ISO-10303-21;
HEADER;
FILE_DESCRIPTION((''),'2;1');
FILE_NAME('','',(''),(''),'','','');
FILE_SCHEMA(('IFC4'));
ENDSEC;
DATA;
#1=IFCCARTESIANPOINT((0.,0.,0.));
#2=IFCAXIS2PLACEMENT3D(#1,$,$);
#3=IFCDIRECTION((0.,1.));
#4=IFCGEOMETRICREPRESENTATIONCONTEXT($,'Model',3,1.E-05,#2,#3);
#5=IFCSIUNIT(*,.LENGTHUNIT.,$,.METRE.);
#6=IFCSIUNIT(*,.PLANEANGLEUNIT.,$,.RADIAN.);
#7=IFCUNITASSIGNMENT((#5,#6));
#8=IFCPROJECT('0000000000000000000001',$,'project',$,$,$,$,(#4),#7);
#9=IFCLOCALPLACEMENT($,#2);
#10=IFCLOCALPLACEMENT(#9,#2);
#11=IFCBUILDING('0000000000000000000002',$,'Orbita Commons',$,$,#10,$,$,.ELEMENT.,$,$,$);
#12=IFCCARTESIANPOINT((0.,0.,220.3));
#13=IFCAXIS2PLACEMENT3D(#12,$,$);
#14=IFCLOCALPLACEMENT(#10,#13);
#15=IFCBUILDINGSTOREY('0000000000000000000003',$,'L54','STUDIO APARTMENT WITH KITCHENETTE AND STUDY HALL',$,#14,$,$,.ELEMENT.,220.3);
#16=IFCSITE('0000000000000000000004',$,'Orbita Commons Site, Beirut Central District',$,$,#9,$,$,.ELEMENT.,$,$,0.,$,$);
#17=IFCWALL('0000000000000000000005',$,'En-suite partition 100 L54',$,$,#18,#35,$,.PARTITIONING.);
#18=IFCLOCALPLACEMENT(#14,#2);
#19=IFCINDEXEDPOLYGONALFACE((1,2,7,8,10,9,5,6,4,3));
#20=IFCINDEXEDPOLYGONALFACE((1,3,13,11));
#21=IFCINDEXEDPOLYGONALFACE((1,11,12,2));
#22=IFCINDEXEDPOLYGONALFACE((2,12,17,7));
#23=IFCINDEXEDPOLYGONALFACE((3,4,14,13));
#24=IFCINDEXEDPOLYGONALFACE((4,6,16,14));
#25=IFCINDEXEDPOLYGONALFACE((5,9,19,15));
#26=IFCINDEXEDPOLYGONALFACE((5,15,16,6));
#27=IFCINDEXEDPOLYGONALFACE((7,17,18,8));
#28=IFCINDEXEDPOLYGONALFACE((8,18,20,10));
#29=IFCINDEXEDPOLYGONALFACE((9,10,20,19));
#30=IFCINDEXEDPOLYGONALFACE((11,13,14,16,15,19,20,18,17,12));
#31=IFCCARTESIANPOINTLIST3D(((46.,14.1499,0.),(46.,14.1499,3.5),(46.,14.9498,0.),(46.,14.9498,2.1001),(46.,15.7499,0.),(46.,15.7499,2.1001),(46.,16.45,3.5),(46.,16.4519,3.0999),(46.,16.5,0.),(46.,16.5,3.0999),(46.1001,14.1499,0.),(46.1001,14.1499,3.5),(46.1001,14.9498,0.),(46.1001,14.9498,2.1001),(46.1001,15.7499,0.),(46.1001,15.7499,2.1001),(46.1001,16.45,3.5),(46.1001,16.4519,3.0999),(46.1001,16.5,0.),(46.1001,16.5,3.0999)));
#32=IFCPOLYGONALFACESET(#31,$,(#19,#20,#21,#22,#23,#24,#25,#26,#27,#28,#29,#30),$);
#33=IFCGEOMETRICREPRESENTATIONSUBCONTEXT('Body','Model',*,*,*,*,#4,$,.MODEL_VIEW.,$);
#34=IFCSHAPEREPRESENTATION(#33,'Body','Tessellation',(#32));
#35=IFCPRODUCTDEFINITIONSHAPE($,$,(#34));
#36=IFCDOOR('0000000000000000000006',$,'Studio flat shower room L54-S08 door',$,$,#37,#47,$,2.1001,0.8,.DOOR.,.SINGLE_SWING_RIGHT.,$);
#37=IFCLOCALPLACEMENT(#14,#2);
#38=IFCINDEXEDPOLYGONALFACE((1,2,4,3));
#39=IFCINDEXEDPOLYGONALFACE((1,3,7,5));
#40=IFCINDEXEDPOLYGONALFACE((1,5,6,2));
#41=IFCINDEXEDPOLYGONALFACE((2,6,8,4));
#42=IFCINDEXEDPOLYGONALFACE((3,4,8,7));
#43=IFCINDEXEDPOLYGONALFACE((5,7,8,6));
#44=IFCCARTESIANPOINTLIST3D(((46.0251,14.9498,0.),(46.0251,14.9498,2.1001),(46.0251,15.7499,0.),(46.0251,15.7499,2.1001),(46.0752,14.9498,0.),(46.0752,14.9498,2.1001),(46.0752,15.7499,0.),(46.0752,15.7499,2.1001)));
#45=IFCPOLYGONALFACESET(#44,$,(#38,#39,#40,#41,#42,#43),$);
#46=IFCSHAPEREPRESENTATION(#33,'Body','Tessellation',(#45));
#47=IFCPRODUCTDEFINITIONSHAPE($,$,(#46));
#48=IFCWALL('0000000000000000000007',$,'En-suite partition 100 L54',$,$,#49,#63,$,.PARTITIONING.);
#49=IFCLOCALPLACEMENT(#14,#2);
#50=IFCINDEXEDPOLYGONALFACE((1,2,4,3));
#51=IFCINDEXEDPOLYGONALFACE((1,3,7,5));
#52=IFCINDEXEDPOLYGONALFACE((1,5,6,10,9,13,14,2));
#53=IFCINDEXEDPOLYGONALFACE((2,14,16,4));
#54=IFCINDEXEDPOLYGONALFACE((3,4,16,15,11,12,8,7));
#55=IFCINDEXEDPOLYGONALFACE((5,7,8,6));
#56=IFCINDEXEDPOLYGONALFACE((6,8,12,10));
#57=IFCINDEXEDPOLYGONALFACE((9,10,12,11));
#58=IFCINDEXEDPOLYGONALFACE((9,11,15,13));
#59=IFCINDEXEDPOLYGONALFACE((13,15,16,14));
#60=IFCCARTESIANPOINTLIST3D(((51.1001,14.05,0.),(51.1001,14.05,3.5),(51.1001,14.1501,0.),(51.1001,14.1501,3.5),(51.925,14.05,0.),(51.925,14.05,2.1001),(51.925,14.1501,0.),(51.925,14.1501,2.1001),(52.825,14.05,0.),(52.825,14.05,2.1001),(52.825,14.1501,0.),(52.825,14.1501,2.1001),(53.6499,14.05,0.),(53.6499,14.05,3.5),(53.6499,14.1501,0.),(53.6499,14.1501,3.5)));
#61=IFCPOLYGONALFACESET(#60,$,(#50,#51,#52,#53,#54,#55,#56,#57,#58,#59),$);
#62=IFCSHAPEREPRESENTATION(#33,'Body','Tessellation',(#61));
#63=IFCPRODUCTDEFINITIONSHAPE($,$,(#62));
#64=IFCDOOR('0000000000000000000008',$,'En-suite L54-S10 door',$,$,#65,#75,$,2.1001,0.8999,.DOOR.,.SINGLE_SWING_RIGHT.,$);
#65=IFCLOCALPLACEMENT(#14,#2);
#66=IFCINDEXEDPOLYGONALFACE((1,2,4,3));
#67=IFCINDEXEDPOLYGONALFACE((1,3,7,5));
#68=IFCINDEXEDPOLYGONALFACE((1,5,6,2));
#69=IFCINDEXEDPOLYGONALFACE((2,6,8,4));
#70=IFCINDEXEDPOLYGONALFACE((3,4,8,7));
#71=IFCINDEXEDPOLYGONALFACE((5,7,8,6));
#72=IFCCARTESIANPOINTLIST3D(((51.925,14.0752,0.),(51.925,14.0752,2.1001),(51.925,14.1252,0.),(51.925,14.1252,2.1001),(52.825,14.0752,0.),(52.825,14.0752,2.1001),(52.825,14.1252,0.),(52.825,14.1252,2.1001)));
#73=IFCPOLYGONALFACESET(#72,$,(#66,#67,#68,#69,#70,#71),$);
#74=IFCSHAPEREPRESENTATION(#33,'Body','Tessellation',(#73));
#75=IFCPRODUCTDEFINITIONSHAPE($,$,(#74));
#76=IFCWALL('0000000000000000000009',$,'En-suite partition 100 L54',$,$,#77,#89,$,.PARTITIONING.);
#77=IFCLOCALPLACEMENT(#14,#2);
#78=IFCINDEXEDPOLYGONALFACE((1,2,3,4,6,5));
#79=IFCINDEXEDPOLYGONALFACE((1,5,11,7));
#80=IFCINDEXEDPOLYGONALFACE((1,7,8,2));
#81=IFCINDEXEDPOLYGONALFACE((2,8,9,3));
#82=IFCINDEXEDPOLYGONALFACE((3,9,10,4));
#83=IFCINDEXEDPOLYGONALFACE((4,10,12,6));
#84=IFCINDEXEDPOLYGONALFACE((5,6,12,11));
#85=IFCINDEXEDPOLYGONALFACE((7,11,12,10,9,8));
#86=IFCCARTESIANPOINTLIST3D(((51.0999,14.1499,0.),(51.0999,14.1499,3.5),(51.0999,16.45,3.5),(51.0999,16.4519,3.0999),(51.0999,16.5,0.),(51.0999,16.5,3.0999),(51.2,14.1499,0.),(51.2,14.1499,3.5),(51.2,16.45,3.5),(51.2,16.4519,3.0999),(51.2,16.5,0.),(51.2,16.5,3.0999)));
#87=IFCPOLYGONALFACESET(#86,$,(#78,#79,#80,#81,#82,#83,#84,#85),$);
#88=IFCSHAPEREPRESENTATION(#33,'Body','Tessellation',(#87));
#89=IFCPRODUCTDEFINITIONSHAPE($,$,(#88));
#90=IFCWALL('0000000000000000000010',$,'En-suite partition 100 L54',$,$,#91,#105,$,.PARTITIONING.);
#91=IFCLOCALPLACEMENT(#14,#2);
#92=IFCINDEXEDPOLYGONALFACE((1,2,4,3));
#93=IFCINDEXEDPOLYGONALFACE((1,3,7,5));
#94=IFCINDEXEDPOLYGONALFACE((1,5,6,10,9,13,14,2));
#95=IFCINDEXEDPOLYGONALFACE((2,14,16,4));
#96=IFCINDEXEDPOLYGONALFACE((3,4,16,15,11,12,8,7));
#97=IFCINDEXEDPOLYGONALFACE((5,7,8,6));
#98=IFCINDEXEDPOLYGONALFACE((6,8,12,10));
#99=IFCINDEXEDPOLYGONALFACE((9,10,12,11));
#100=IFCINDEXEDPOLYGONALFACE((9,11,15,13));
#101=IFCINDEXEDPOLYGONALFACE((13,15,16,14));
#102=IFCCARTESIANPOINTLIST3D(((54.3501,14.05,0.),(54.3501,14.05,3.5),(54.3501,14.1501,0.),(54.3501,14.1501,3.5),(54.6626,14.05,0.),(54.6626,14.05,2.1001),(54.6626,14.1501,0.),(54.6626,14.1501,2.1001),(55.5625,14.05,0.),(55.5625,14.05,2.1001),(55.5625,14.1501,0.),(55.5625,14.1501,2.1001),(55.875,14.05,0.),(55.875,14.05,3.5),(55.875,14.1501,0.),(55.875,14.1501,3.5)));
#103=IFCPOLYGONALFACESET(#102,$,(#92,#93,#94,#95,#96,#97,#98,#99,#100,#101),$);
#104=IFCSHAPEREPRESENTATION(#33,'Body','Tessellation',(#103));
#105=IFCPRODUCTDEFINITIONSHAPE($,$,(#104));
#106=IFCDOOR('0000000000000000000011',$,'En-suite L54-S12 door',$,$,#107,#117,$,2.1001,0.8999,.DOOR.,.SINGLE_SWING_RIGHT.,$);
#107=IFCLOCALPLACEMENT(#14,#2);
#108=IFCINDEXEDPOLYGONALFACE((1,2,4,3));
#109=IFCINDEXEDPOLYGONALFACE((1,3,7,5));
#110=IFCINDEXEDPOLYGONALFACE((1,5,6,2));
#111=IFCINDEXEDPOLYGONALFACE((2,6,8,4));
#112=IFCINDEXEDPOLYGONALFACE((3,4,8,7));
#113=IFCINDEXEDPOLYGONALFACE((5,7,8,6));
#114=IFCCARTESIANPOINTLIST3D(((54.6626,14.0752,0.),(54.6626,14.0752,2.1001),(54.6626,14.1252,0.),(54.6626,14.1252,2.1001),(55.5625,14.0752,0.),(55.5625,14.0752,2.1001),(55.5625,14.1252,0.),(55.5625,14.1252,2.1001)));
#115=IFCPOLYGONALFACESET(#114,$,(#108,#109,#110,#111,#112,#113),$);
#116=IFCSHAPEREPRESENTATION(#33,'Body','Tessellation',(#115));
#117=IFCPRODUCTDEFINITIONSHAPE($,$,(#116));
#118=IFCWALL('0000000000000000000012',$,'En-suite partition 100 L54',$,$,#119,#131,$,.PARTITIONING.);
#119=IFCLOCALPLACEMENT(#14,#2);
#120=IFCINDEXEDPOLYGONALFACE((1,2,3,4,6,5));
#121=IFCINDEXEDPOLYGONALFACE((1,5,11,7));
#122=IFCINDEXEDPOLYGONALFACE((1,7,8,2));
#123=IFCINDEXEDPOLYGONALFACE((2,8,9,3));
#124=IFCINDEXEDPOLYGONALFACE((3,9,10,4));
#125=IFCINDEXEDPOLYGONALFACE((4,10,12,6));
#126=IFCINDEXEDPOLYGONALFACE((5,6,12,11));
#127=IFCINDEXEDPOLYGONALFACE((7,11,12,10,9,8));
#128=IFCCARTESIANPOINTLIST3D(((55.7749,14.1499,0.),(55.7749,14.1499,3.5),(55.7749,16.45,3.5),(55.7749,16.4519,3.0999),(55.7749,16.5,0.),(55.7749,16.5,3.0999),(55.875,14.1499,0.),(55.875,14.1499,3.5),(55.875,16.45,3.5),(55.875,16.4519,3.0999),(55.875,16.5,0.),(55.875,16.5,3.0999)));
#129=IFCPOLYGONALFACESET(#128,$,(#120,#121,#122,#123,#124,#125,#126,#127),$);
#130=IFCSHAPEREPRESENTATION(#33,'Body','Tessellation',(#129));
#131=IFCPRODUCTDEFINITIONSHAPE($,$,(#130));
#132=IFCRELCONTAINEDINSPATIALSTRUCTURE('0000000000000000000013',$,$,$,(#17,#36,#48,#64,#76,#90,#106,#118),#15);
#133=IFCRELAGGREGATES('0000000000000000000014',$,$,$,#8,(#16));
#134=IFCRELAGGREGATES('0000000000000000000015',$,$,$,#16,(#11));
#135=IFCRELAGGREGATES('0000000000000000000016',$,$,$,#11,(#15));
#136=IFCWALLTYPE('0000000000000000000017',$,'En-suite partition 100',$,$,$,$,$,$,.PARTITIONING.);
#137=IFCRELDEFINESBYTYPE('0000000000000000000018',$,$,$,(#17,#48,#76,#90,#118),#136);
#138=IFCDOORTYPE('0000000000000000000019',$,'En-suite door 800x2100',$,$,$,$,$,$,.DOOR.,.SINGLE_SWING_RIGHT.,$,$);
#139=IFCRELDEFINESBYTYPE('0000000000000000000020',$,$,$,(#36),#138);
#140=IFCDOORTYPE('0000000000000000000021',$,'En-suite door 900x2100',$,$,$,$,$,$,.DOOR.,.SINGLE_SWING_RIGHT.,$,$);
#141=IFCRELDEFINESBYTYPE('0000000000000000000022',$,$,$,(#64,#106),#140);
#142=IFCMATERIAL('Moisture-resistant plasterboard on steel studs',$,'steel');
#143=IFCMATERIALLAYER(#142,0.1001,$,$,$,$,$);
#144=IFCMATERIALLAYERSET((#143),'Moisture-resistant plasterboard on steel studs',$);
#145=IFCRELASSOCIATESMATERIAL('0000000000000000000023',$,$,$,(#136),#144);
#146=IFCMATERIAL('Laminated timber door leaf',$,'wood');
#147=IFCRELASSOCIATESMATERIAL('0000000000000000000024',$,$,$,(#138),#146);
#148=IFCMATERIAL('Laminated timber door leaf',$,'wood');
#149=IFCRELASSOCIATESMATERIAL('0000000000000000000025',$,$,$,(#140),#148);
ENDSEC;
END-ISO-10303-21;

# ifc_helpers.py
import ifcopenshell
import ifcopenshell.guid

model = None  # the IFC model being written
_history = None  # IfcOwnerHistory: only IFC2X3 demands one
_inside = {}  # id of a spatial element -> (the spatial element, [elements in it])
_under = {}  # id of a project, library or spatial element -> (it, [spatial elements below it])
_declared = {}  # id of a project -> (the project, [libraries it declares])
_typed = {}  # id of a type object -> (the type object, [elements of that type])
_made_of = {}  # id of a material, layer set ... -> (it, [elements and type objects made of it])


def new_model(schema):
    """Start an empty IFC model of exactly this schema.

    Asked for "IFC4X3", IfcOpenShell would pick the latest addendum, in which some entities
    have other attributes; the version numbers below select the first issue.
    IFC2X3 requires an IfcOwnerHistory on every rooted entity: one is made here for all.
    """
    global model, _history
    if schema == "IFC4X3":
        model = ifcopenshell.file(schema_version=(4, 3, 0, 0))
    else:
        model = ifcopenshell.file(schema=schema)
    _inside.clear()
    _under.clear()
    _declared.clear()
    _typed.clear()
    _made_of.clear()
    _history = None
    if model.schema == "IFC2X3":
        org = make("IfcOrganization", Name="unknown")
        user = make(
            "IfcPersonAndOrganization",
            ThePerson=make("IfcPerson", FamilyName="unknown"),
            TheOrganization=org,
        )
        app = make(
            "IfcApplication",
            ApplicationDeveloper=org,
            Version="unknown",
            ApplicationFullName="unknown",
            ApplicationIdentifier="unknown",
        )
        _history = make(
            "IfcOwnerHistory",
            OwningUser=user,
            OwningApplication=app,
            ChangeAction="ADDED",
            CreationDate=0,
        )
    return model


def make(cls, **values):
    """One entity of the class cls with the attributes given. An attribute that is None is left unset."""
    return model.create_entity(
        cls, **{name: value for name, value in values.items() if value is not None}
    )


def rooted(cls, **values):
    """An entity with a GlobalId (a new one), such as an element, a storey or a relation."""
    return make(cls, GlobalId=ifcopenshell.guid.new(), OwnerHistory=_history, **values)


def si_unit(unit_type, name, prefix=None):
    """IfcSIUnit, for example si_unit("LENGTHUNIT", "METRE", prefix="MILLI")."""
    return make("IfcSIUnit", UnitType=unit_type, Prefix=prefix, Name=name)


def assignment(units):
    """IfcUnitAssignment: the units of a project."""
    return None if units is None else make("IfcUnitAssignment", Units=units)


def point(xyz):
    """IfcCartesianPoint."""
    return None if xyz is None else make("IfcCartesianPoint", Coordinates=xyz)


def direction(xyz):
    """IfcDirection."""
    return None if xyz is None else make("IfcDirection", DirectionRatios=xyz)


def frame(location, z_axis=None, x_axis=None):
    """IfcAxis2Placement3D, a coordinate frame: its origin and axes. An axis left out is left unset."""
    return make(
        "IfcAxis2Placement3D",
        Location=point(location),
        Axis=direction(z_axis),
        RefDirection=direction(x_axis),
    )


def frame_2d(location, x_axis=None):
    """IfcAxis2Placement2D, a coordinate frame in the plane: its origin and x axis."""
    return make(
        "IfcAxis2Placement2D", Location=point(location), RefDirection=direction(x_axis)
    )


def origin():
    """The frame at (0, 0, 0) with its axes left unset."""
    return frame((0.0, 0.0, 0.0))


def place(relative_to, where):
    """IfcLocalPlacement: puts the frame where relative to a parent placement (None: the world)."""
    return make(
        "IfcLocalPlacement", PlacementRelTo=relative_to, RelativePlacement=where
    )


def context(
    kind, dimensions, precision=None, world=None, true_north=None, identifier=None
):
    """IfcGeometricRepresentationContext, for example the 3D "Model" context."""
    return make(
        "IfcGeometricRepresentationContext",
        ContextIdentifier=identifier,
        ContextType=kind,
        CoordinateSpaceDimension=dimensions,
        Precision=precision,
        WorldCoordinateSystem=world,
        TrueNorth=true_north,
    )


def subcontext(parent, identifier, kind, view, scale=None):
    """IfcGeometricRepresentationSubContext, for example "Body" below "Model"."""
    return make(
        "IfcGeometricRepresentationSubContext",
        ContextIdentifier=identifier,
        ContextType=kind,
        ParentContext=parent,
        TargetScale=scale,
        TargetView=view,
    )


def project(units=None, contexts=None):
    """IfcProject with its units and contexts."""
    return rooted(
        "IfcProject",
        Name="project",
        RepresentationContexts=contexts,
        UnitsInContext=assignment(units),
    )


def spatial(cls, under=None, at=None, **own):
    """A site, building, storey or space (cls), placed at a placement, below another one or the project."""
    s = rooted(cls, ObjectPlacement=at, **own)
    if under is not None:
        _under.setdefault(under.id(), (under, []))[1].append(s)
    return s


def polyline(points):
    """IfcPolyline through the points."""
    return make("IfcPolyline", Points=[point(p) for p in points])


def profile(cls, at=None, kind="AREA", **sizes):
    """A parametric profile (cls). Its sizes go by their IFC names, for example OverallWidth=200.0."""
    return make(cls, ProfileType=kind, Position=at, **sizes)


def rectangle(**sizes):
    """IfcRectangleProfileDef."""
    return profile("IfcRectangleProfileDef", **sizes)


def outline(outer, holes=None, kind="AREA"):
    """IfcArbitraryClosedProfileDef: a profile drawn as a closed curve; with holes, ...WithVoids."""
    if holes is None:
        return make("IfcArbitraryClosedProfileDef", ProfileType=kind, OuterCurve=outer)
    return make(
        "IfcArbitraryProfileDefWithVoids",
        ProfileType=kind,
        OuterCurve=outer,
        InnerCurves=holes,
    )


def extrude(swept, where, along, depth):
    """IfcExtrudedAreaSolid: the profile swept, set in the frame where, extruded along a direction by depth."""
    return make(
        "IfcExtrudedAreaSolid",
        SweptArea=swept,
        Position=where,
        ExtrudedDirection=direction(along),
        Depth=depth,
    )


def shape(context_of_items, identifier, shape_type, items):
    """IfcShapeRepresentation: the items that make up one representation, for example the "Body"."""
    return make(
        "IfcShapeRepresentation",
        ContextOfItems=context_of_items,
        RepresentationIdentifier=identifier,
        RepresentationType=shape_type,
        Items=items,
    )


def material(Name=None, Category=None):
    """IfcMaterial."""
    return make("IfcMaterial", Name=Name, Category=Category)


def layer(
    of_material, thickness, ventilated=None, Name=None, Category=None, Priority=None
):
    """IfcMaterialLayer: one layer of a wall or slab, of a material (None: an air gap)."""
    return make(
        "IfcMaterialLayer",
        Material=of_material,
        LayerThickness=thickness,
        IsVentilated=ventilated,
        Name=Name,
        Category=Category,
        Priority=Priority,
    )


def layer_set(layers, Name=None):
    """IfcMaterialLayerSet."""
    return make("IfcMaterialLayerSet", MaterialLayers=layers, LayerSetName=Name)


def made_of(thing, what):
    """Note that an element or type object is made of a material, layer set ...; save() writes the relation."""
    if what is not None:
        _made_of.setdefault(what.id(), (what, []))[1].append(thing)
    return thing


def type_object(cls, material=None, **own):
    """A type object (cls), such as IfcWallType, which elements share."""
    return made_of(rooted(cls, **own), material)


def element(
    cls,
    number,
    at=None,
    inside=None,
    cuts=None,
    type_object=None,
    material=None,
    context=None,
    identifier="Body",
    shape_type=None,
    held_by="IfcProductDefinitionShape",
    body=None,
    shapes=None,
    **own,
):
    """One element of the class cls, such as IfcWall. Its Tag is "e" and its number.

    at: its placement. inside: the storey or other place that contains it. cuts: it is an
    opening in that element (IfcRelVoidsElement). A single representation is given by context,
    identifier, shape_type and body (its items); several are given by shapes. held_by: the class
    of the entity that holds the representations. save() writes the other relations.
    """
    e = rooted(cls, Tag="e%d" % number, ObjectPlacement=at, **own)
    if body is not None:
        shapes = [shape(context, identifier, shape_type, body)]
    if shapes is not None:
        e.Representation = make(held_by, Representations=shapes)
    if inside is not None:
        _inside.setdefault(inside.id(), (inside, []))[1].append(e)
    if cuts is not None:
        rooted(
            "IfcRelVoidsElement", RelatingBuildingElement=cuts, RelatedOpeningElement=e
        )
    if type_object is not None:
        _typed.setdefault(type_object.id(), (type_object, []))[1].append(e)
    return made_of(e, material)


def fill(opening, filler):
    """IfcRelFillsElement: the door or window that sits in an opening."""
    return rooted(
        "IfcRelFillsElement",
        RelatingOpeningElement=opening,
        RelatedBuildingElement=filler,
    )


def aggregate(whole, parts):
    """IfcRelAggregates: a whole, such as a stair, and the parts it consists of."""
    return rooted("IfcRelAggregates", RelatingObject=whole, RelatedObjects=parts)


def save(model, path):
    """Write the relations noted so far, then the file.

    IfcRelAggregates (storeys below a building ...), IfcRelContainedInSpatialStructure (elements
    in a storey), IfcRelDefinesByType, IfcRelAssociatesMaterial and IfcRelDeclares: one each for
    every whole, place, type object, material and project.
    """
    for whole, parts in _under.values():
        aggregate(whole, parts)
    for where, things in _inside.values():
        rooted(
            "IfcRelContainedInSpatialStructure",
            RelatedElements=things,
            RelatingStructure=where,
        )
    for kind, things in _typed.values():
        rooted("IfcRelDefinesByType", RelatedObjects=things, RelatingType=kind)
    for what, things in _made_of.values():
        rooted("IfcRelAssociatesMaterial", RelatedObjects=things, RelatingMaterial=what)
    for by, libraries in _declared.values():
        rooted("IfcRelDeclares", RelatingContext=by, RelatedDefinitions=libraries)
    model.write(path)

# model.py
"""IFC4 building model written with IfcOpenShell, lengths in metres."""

from ifc_helpers import new_model, si_unit, direction, frame, frame_2d, origin, place, context, subcontext, project, spatial, polyline, rectangle, outline, extrude, material, layer, layer_set, type_object, element, fill, save


model = new_model("IFC4")

# Units and contexts
model_context = context("Model", 3, precision=1e-05, world=origin(), true_north=direction((0.0, 1.0)))
body_context = subcontext(model_context, "Body", "Model", "MODEL_VIEW")
ifc_project = project(units=[si_unit("LENGTHUNIT", "METRE"), si_unit("PLANEANGLEUNIT", "RADIAN")], contexts=[model_context])

# Site, building, storey
site_placement = place(None, origin())
site = spatial("IfcSite", under=ifc_project, at=site_placement, Name="Orbita Commons Site, Beirut Central District", CompositionType="ELEMENT", RefElevation=0.0)
building_placement = place(site_placement, origin())
building = spatial("IfcBuilding", under=site, at=building_placement, Name="Orbita Commons", CompositionType="ELEMENT")
storey_placement = place(building_placement, frame((0.0, 0.0, 220.3)))
storey = spatial("IfcBuildingStorey", under=building, at=storey_placement, Name="L54", Description="STUDIO APARTMENT WITH KITCHENETTE AND STUDY HALL", CompositionType="ELEMENT", Elevation=220.3)

# Shared definitions
ifc_material_1 = material(Name="Moisture-resistant plasterboard on steel studs", Category="steel")
ifc_layer_1 = layer(ifc_material_1, 0.1001)
ifc_layer_set_1 = layer_set([ifc_layer_1], Name="Moisture-resistant plasterboard on steel studs")
wall_type_1 = type_object("IfcWallType", Name="En-suite partition 100", PredefinedType="PARTITIONING", material=ifc_layer_set_1)
ifc_material_2 = material(Name="Laminated timber door leaf", Category="wood")
door_type_1 = type_object("IfcDoorType", Name="En-suite door 800x2100", OperationType="SINGLE_SWING_RIGHT", PredefinedType="DOOR", material=ifc_material_2)

# Walls, openings, doors
wall_1_placement = place(storey_placement, frame((46.05, 14.1499, 0.0), z_axis=(0.0, 0.0, 1.0), x_axis=(0.0, 1.0, 0.0)))
wall_1 = element("IfcWall", 1, at=wall_1_placement, inside=storey, type_object=wall_type_1, Name="En-suite partition 100 L54", PredefinedType="PARTITIONING", context=body_context, shape_type="SweptSolid", body=[
    extrude(outline(polyline([(0.0, 0.0), (2.3501, 0.0), (2.3501, 3.0999), (2.302, 3.0999), (2.3, 3.5), (0.0, 3.5), (0.0, 0.0)])), frame((0.0, 0.05, 0.0), z_axis=(0.0, -1.0, 0.0), x_axis=(1.0, 0.0, 0.0)), (0.0, 0.0, 1.0), 0.1001),
])
opening_1_placement = place(wall_1_placement, frame((0.8, 0.0, 0.0)))
opening_1 = element("IfcOpeningElement", 2, at=opening_1_placement, cuts=wall_1, PredefinedType="OPENING", context=body_context, shape_type="SweptSolid", body=[
    extrude(rectangle(XDim=0.8, YDim=2.1001, at=frame_2d((0.3999, 1.05))), frame((0.0, 0.0601, 0.0), z_axis=(0.0, -1.0, 0.0), x_axis=(1.0, 0.0, 0.0)), (0.0, 0.0, 1.0), 0.1201),
])
door_1_placement = place(opening_1_placement, origin())
door_1 = element("IfcDoor", 3, at=door_1_placement, inside=storey, type_object=door_type_1, Name="Studio flat shower room L54-S08 door", OperationType="SINGLE_SWING_RIGHT", OverallHeight=2.1001, OverallWidth=0.8, PredefinedType="DOOR", context=body_context, shape_type="SweptSolid", body=[
    extrude(rectangle(XDim=0.8, YDim=2.1001, at=frame_2d((0.3999, 1.05))), frame((0.0, 0.0249, 0.0), z_axis=(0.0, -1.0, 0.0), x_axis=(1.0, 0.0, 0.0)), (0.0, 0.0, 1.0), 0.05),
])
fill(opening_1, door_1)
wall_2_placement = place(storey_placement, frame((53.6499, 14.1001, 0.0), z_axis=(0.0, 0.0, 1.0), x_axis=(-1.0, 0.0, 0.0)))
wall_2 = element("IfcWall", 4, at=wall_2_placement, inside=storey, type_object=wall_type_1, Name="En-suite partition 100 L54", PredefinedType="PARTITIONING", context=body_context, shape_type="SweptSolid", body=[
    extrude(rectangle(XDim=2.5498, YDim=0.1001, at=frame_2d((1.2749, 0.0))), origin(), (0.0, 0.0, 1.0), 3.5),
])
opening_2_placement = place(wall_2_placement, frame((0.825, 0.0, 0.0)))
opening_2 = element("IfcOpeningElement", 5, at=opening_2_placement, cuts=wall_2, PredefinedType="OPENING", context=body_context, shape_type="SweptSolid", body=[
    extrude(rectangle(XDim=0.8999, YDim=2.1001, at=frame_2d((0.45, 1.05))), frame((0.0, 0.0601, 0.0), z_axis=(0.0, -1.0, 0.0), x_axis=(1.0, 0.0, 0.0)), (0.0, 0.0, 1.0), 0.1201),
])
ifc_material_3 = material(Name="Laminated timber door leaf", Category="wood")
door_type_2 = type_object("IfcDoorType", Name="En-suite door 900x2100", OperationType="SINGLE_SWING_RIGHT", PredefinedType="DOOR", material=ifc_material_3)
door_2_placement = place(opening_2_placement, origin())
door_2 = element("IfcDoor", 6, at=door_2_placement, inside=storey, type_object=door_type_2, Name="En-suite L54-S10 door", OperationType="SINGLE_SWING_RIGHT", OverallHeight=2.1001, OverallWidth=0.8999, PredefinedType="DOOR", context=body_context, shape_type="SweptSolid", body=[
    extrude(rectangle(XDim=0.8999, YDim=2.1001, at=frame_2d((0.45, 1.05))), frame((0.0, 0.0249, 0.0), z_axis=(0.0, -1.0, 0.0), x_axis=(1.0, 0.0, 0.0)), (0.0, 0.0, 1.0), 0.05),
])
fill(opening_2, door_2)

# Wall
wall_3_placement = place(storey_placement, frame((51.1499, 14.1499, 0.0), z_axis=(0.0, 0.0, 1.0), x_axis=(0.0, 1.0, 0.0)))
element("IfcWall", 7, at=wall_3_placement, inside=storey, type_object=wall_type_1, Name="En-suite partition 100 L54", PredefinedType="PARTITIONING", context=body_context, shape_type="SweptSolid", body=[
    extrude(outline(polyline([(0.0, 0.0), (2.3501, 0.0), (2.3501, 3.0999), (2.302, 3.0999), (2.3, 3.5), (0.0, 3.5), (0.0, 0.0)])), frame((0.0, 0.05, 0.0), z_axis=(0.0, -1.0, 0.0), x_axis=(1.0, 0.0, 0.0)), (0.0, 0.0, 1.0), 0.1001),
])

# Wall, opening, door
wall_4_placement = place(storey_placement, frame((55.875, 14.1001, 0.0), z_axis=(0.0, 0.0, 1.0), x_axis=(-1.0, 0.0, 0.0)))
wall_4 = element("IfcWall", 8, at=wall_4_placement, inside=storey, type_object=wall_type_1, Name="En-suite partition 100 L54", PredefinedType="PARTITIONING", context=body_context, shape_type="SweptSolid", body=[
    extrude(rectangle(XDim=1.5249, YDim=0.1001, at=frame_2d((0.7625, 0.0))), origin(), (0.0, 0.0, 1.0), 3.5),
])
opening_3_placement = place(wall_4_placement, frame((0.3125, 0.0, 0.0)))
opening_3 = element("IfcOpeningElement", 9, at=opening_3_placement, cuts=wall_4, PredefinedType="OPENING", context=body_context, shape_type="SweptSolid", body=[
    extrude(rectangle(XDim=0.8999, YDim=2.1001, at=frame_2d((0.45, 1.05))), frame((0.0, 0.0601, 0.0), z_axis=(0.0, -1.0, 0.0), x_axis=(1.0, 0.0, 0.0)), (0.0, 0.0, 1.0), 0.1201),
])
door_3_placement = place(opening_3_placement, origin())
door_3 = element("IfcDoor", 10, at=door_3_placement, inside=storey, type_object=door_type_2, Name="En-suite L54-S12 door", OperationType="SINGLE_SWING_RIGHT", OverallHeight=2.1001, OverallWidth=0.8999, PredefinedType="DOOR", context=body_context, shape_type="SweptSolid", body=[
    extrude(rectangle(XDim=0.8999, YDim=2.1001, at=frame_2d((0.45, 1.05))), frame((0.0, 0.0249, 0.0), z_axis=(0.0, -1.0, 0.0), x_axis=(1.0, 0.0, 0.0)), (0.0, 0.0, 1.0), 0.05),
])
fill(opening_3, door_3)

# Wall
wall_5_placement = place(storey_placement, frame((55.825, 14.1499, 0.0), z_axis=(0.0, 0.0, 1.0), x_axis=(0.0, 1.0, 0.0)))
element("IfcWall", 11, at=wall_5_placement, inside=storey, type_object=wall_type_1, Name="En-suite partition 100 L54", PredefinedType="PARTITIONING", context=body_context, shape_type="SweptSolid", body=[
    extrude(outline(polyline([(0.0, 0.0), (2.3501, 0.0), (2.3501, 3.0999), (2.302, 3.0999), (2.3, 3.5), (0.0, 3.5), (0.0, 0.0)])), frame((0.0, 0.05, 0.0), z_axis=(0.0, -1.0, 0.0), x_axis=(1.0, 0.0, 0.0)), (0.0, 0.0, 1.0), 0.1001),
])

save(model, "model.ifc")
